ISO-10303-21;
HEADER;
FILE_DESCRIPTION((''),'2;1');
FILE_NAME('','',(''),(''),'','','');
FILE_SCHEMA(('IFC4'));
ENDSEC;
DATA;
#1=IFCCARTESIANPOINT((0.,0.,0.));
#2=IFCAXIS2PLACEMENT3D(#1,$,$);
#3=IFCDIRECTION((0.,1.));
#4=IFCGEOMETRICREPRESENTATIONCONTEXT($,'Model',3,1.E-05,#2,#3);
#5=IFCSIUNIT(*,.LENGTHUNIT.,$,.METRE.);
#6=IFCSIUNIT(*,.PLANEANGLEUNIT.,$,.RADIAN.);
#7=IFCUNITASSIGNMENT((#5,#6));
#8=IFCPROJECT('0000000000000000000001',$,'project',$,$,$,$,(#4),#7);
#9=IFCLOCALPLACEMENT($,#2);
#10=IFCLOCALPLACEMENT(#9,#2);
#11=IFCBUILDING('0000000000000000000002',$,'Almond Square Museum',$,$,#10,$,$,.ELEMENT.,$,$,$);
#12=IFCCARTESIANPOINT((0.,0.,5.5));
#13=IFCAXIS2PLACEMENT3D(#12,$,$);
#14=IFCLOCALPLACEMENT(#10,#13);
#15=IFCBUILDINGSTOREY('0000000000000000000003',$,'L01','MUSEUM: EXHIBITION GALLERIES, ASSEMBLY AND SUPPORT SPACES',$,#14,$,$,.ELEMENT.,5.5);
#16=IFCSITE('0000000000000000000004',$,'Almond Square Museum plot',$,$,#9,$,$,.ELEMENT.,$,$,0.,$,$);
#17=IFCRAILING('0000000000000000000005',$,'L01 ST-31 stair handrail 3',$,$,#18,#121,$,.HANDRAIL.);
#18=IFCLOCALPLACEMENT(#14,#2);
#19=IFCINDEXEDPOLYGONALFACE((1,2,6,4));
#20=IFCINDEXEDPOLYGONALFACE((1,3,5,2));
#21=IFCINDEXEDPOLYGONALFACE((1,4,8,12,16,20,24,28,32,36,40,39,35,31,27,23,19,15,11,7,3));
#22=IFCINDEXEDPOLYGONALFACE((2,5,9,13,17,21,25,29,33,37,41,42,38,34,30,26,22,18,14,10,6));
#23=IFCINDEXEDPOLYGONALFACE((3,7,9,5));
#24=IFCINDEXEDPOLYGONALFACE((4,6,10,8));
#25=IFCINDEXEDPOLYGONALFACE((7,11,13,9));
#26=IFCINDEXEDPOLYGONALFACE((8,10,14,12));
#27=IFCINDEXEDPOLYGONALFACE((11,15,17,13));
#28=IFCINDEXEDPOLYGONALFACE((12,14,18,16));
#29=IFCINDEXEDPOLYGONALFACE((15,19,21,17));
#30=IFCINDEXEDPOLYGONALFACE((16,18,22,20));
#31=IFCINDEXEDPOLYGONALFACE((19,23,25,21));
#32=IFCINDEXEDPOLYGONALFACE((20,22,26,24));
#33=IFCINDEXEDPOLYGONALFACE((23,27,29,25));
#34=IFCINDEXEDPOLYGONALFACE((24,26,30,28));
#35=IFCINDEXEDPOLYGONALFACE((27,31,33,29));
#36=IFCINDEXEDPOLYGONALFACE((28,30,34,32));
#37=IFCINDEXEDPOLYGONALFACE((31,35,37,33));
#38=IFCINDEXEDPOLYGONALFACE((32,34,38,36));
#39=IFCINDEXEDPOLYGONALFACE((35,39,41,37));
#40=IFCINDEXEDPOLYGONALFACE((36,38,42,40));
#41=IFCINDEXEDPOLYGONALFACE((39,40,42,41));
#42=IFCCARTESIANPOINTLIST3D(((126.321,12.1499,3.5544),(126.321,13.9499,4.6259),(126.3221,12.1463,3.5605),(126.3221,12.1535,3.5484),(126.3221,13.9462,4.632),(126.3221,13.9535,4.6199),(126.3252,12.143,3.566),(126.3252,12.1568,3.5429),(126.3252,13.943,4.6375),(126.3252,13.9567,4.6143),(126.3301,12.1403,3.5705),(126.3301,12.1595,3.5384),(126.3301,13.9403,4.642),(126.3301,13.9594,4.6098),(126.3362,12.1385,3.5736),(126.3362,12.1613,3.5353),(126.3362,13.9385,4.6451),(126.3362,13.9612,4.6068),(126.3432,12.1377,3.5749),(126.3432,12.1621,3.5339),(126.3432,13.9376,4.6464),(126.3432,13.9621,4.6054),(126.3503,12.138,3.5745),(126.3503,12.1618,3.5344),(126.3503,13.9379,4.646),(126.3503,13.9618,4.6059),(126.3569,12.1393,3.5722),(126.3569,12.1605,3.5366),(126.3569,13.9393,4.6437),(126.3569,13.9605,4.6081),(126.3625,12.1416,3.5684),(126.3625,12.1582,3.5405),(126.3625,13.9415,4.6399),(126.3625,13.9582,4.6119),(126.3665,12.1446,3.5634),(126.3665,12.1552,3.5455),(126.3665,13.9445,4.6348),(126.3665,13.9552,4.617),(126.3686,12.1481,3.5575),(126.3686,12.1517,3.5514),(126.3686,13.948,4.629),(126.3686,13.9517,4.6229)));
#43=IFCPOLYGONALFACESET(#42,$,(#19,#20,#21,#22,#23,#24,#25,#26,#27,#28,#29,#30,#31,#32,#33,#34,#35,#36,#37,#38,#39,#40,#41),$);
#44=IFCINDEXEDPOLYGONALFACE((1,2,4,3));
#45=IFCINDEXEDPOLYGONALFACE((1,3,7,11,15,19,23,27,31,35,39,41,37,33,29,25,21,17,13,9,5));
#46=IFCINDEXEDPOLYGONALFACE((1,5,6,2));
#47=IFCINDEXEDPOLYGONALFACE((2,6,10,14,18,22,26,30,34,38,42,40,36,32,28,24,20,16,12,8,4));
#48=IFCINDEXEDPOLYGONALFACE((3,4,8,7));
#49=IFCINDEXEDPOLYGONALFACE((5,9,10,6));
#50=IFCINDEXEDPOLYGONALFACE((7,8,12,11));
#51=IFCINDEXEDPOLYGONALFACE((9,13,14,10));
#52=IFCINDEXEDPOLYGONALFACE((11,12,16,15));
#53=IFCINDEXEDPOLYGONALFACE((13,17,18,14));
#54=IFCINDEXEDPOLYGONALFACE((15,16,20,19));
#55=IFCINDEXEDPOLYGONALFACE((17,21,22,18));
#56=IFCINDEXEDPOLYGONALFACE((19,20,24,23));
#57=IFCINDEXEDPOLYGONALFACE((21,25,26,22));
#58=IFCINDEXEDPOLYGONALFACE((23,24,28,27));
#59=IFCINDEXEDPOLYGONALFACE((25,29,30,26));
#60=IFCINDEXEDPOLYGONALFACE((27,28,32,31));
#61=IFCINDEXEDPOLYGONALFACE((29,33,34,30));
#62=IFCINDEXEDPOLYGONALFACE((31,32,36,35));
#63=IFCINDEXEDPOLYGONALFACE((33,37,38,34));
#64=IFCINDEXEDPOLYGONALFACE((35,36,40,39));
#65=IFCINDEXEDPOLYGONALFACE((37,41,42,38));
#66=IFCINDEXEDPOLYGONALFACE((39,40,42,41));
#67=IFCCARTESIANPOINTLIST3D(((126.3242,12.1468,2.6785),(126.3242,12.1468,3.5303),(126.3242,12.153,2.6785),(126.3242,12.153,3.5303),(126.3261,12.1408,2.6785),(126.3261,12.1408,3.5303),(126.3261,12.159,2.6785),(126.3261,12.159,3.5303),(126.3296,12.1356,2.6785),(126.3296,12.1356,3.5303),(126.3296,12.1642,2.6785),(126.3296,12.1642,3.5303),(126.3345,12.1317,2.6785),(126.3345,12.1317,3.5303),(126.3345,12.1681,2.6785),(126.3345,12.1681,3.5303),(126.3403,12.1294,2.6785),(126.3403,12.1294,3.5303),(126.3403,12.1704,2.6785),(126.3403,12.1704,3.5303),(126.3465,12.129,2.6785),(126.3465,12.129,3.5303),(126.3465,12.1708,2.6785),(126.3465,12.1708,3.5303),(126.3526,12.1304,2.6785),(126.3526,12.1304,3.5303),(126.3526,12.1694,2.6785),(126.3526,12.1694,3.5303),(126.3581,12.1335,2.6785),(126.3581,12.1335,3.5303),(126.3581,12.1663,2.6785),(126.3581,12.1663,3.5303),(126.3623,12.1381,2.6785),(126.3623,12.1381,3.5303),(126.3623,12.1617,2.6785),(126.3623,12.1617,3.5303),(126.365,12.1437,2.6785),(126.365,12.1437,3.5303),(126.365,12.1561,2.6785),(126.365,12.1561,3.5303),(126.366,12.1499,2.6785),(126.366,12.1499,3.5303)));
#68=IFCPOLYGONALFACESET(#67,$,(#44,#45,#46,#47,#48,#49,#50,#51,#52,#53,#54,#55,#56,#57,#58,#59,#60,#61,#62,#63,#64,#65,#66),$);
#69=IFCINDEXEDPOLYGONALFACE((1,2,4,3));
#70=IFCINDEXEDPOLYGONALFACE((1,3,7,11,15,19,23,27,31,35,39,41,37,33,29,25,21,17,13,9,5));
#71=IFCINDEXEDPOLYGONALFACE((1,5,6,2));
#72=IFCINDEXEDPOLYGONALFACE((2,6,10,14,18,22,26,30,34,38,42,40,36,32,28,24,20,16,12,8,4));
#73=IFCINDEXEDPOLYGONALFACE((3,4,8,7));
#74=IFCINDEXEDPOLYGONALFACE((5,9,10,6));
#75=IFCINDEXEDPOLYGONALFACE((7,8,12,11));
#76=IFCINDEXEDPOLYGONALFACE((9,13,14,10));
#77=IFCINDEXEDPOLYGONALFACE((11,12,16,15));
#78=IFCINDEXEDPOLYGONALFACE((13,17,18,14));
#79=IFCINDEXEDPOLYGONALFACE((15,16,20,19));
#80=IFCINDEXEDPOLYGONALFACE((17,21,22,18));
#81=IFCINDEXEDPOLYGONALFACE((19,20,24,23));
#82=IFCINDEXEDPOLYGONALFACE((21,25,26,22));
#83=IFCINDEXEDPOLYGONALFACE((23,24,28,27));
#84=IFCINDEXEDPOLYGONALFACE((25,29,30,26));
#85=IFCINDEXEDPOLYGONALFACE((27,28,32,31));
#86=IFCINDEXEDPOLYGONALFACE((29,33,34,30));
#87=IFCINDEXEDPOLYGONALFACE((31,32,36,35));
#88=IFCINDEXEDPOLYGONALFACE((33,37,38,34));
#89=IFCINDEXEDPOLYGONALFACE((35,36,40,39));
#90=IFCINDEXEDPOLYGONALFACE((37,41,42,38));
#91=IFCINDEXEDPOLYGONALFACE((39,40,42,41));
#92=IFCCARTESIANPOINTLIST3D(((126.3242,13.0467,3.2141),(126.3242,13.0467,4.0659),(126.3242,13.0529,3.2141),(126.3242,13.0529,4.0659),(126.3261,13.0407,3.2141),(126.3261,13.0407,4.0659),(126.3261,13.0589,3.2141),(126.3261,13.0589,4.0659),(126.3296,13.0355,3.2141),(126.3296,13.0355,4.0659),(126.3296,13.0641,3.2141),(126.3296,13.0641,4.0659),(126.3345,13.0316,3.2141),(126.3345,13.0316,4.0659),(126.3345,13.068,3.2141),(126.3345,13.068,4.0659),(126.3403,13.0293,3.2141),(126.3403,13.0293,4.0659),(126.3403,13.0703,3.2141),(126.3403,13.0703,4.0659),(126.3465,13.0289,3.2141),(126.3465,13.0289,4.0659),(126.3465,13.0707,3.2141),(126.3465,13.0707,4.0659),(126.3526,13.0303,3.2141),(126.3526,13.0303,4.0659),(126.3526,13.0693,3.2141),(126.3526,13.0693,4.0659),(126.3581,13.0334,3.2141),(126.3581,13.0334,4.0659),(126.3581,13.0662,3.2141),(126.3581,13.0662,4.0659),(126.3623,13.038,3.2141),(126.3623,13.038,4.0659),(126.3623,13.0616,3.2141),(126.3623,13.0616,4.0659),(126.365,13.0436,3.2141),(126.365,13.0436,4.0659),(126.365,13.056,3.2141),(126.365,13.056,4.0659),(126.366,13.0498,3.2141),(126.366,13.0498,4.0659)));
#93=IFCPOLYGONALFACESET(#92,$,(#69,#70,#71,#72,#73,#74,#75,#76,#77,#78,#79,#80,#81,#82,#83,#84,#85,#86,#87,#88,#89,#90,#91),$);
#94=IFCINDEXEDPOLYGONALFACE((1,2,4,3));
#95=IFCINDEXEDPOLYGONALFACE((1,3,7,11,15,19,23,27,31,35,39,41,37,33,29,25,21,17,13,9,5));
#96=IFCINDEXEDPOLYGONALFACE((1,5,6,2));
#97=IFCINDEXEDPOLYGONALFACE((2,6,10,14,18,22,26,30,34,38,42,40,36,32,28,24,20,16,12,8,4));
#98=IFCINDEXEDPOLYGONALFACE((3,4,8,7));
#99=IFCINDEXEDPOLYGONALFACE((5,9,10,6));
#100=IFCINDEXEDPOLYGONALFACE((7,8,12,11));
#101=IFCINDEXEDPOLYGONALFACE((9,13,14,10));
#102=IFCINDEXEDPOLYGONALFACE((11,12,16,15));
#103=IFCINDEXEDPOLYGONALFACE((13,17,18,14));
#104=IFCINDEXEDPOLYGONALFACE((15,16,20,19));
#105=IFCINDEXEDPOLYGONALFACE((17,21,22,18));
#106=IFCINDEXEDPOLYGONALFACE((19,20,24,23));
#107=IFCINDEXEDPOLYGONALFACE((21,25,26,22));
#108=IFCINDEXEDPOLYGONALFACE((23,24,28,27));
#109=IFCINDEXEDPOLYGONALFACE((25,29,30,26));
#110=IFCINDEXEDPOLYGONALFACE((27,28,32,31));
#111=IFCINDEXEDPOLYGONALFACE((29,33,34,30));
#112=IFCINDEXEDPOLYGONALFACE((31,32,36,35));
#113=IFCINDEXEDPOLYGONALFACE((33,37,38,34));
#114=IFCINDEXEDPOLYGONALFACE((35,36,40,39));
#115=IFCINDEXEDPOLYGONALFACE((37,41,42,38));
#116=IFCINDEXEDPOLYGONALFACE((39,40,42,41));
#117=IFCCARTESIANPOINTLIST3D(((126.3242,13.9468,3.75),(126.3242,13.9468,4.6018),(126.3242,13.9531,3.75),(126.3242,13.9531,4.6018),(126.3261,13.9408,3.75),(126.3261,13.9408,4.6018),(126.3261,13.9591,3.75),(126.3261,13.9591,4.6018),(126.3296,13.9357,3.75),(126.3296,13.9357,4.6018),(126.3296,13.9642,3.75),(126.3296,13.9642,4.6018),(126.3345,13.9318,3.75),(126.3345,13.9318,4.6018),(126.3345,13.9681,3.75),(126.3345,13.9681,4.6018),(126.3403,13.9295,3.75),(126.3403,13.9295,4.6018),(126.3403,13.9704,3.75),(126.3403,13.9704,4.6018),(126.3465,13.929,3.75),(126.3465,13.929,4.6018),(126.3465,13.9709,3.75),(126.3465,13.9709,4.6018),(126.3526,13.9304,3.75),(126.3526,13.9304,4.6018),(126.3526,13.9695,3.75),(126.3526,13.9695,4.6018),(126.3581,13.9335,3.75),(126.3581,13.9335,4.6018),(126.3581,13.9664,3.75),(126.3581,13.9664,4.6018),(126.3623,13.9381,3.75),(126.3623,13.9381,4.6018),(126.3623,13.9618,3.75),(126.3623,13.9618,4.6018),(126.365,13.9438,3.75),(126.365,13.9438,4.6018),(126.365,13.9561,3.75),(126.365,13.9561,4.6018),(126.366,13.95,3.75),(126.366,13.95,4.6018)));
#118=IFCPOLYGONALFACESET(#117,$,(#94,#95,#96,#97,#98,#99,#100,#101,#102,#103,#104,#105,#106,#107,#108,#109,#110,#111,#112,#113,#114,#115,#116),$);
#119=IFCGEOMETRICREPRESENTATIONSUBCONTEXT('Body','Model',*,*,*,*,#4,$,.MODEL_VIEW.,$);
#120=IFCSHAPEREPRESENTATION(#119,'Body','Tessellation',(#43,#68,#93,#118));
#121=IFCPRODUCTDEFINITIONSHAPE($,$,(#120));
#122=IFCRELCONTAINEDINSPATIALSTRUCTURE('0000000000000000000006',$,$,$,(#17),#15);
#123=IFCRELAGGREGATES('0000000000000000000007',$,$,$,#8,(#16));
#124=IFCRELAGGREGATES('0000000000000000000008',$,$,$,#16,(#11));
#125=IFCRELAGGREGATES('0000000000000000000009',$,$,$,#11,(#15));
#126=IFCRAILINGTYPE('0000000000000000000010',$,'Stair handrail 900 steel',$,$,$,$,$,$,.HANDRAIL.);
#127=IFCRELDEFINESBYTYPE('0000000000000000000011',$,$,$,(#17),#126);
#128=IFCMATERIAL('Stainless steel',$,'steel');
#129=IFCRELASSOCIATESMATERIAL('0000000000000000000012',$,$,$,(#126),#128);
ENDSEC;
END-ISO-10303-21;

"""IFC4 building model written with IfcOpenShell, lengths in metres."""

from ifc_helpers import new_model, si_unit, direction, frame, origin, origin_2d, place, context, subcontext, project, spatial, circle, extrude, material, type_object, element, save


model = new_model("IFC4")

# Units and contexts
model_context = context("Model", 3, precision=1e-05, world=origin(), true_north=direction((0.0, 1.0)))
body_context = subcontext(model_context, "Body", "Model", "MODEL_VIEW")
ifc_project = project(units=[si_unit("LENGTHUNIT", "METRE"), si_unit("PLANEANGLEUNIT", "RADIAN")], contexts=[model_context])

# Site, building, storey
site_placement = place(None, origin())
site = spatial("IfcSite", under=ifc_project, at=site_placement, Name="Almond Square Museum plot", CompositionType="ELEMENT", RefElevation=0.0)
building_placement = place(site_placement, origin())
building = spatial("IfcBuilding", under=site, at=building_placement, Name="Almond Square Museum", CompositionType="ELEMENT")
storey_placement = place(building_placement, frame((0.0, 0.0, 5.5)))
storey = spatial("IfcBuildingStorey", under=building, at=storey_placement, Name="L01", Description="MUSEUM: EXHIBITION GALLERIES, ASSEMBLY AND SUPPORT SPACES", CompositionType="ELEMENT", Elevation=5.5)

# Railing
ifc_material_1 = material(Name="Stainless steel", Category="steel")
railing_type_1 = type_object("IfcRailingType", Name="Stair handrail 900 steel", PredefinedType="HANDRAIL", material=ifc_material_1)
railing_1_placement = place(storey_placement, frame((126.345, 12.1499, 2.6785)))
element("IfcRailing", 1, at=railing_1_placement, inside=storey, type_object=railing_type_1, Name="L01 ST-31 stair handrail 3", PredefinedType="HANDRAIL", context=body_context, shape_type="SweptSolid", body=[
    extrude(circle(Radius=0.0239, at=origin_2d()), frame((0.0, 0.0, 0.876), z_axis=(0.0, 0.859277, 0.51151), x_axis=(-1.0, 0.0, 0.0)), (0.0, 0.0, 1.0), 2.0947),
    extrude(circle(Radius=0.021, at=origin_2d()), origin(), (0.0, 0.0, 1.0), 0.8518),
    extrude(circle(Radius=0.021, at=origin_2d()), frame((0.0, 0.8999, 0.5356)), (0.0, 0.0, 1.0), 0.8518),
    extrude(circle(Radius=0.021, at=origin_2d()), frame((0.0, 1.8, 1.0715)), (0.0, 0.0, 1.0), 0.8518),
])

save(model, "model.ifc")
